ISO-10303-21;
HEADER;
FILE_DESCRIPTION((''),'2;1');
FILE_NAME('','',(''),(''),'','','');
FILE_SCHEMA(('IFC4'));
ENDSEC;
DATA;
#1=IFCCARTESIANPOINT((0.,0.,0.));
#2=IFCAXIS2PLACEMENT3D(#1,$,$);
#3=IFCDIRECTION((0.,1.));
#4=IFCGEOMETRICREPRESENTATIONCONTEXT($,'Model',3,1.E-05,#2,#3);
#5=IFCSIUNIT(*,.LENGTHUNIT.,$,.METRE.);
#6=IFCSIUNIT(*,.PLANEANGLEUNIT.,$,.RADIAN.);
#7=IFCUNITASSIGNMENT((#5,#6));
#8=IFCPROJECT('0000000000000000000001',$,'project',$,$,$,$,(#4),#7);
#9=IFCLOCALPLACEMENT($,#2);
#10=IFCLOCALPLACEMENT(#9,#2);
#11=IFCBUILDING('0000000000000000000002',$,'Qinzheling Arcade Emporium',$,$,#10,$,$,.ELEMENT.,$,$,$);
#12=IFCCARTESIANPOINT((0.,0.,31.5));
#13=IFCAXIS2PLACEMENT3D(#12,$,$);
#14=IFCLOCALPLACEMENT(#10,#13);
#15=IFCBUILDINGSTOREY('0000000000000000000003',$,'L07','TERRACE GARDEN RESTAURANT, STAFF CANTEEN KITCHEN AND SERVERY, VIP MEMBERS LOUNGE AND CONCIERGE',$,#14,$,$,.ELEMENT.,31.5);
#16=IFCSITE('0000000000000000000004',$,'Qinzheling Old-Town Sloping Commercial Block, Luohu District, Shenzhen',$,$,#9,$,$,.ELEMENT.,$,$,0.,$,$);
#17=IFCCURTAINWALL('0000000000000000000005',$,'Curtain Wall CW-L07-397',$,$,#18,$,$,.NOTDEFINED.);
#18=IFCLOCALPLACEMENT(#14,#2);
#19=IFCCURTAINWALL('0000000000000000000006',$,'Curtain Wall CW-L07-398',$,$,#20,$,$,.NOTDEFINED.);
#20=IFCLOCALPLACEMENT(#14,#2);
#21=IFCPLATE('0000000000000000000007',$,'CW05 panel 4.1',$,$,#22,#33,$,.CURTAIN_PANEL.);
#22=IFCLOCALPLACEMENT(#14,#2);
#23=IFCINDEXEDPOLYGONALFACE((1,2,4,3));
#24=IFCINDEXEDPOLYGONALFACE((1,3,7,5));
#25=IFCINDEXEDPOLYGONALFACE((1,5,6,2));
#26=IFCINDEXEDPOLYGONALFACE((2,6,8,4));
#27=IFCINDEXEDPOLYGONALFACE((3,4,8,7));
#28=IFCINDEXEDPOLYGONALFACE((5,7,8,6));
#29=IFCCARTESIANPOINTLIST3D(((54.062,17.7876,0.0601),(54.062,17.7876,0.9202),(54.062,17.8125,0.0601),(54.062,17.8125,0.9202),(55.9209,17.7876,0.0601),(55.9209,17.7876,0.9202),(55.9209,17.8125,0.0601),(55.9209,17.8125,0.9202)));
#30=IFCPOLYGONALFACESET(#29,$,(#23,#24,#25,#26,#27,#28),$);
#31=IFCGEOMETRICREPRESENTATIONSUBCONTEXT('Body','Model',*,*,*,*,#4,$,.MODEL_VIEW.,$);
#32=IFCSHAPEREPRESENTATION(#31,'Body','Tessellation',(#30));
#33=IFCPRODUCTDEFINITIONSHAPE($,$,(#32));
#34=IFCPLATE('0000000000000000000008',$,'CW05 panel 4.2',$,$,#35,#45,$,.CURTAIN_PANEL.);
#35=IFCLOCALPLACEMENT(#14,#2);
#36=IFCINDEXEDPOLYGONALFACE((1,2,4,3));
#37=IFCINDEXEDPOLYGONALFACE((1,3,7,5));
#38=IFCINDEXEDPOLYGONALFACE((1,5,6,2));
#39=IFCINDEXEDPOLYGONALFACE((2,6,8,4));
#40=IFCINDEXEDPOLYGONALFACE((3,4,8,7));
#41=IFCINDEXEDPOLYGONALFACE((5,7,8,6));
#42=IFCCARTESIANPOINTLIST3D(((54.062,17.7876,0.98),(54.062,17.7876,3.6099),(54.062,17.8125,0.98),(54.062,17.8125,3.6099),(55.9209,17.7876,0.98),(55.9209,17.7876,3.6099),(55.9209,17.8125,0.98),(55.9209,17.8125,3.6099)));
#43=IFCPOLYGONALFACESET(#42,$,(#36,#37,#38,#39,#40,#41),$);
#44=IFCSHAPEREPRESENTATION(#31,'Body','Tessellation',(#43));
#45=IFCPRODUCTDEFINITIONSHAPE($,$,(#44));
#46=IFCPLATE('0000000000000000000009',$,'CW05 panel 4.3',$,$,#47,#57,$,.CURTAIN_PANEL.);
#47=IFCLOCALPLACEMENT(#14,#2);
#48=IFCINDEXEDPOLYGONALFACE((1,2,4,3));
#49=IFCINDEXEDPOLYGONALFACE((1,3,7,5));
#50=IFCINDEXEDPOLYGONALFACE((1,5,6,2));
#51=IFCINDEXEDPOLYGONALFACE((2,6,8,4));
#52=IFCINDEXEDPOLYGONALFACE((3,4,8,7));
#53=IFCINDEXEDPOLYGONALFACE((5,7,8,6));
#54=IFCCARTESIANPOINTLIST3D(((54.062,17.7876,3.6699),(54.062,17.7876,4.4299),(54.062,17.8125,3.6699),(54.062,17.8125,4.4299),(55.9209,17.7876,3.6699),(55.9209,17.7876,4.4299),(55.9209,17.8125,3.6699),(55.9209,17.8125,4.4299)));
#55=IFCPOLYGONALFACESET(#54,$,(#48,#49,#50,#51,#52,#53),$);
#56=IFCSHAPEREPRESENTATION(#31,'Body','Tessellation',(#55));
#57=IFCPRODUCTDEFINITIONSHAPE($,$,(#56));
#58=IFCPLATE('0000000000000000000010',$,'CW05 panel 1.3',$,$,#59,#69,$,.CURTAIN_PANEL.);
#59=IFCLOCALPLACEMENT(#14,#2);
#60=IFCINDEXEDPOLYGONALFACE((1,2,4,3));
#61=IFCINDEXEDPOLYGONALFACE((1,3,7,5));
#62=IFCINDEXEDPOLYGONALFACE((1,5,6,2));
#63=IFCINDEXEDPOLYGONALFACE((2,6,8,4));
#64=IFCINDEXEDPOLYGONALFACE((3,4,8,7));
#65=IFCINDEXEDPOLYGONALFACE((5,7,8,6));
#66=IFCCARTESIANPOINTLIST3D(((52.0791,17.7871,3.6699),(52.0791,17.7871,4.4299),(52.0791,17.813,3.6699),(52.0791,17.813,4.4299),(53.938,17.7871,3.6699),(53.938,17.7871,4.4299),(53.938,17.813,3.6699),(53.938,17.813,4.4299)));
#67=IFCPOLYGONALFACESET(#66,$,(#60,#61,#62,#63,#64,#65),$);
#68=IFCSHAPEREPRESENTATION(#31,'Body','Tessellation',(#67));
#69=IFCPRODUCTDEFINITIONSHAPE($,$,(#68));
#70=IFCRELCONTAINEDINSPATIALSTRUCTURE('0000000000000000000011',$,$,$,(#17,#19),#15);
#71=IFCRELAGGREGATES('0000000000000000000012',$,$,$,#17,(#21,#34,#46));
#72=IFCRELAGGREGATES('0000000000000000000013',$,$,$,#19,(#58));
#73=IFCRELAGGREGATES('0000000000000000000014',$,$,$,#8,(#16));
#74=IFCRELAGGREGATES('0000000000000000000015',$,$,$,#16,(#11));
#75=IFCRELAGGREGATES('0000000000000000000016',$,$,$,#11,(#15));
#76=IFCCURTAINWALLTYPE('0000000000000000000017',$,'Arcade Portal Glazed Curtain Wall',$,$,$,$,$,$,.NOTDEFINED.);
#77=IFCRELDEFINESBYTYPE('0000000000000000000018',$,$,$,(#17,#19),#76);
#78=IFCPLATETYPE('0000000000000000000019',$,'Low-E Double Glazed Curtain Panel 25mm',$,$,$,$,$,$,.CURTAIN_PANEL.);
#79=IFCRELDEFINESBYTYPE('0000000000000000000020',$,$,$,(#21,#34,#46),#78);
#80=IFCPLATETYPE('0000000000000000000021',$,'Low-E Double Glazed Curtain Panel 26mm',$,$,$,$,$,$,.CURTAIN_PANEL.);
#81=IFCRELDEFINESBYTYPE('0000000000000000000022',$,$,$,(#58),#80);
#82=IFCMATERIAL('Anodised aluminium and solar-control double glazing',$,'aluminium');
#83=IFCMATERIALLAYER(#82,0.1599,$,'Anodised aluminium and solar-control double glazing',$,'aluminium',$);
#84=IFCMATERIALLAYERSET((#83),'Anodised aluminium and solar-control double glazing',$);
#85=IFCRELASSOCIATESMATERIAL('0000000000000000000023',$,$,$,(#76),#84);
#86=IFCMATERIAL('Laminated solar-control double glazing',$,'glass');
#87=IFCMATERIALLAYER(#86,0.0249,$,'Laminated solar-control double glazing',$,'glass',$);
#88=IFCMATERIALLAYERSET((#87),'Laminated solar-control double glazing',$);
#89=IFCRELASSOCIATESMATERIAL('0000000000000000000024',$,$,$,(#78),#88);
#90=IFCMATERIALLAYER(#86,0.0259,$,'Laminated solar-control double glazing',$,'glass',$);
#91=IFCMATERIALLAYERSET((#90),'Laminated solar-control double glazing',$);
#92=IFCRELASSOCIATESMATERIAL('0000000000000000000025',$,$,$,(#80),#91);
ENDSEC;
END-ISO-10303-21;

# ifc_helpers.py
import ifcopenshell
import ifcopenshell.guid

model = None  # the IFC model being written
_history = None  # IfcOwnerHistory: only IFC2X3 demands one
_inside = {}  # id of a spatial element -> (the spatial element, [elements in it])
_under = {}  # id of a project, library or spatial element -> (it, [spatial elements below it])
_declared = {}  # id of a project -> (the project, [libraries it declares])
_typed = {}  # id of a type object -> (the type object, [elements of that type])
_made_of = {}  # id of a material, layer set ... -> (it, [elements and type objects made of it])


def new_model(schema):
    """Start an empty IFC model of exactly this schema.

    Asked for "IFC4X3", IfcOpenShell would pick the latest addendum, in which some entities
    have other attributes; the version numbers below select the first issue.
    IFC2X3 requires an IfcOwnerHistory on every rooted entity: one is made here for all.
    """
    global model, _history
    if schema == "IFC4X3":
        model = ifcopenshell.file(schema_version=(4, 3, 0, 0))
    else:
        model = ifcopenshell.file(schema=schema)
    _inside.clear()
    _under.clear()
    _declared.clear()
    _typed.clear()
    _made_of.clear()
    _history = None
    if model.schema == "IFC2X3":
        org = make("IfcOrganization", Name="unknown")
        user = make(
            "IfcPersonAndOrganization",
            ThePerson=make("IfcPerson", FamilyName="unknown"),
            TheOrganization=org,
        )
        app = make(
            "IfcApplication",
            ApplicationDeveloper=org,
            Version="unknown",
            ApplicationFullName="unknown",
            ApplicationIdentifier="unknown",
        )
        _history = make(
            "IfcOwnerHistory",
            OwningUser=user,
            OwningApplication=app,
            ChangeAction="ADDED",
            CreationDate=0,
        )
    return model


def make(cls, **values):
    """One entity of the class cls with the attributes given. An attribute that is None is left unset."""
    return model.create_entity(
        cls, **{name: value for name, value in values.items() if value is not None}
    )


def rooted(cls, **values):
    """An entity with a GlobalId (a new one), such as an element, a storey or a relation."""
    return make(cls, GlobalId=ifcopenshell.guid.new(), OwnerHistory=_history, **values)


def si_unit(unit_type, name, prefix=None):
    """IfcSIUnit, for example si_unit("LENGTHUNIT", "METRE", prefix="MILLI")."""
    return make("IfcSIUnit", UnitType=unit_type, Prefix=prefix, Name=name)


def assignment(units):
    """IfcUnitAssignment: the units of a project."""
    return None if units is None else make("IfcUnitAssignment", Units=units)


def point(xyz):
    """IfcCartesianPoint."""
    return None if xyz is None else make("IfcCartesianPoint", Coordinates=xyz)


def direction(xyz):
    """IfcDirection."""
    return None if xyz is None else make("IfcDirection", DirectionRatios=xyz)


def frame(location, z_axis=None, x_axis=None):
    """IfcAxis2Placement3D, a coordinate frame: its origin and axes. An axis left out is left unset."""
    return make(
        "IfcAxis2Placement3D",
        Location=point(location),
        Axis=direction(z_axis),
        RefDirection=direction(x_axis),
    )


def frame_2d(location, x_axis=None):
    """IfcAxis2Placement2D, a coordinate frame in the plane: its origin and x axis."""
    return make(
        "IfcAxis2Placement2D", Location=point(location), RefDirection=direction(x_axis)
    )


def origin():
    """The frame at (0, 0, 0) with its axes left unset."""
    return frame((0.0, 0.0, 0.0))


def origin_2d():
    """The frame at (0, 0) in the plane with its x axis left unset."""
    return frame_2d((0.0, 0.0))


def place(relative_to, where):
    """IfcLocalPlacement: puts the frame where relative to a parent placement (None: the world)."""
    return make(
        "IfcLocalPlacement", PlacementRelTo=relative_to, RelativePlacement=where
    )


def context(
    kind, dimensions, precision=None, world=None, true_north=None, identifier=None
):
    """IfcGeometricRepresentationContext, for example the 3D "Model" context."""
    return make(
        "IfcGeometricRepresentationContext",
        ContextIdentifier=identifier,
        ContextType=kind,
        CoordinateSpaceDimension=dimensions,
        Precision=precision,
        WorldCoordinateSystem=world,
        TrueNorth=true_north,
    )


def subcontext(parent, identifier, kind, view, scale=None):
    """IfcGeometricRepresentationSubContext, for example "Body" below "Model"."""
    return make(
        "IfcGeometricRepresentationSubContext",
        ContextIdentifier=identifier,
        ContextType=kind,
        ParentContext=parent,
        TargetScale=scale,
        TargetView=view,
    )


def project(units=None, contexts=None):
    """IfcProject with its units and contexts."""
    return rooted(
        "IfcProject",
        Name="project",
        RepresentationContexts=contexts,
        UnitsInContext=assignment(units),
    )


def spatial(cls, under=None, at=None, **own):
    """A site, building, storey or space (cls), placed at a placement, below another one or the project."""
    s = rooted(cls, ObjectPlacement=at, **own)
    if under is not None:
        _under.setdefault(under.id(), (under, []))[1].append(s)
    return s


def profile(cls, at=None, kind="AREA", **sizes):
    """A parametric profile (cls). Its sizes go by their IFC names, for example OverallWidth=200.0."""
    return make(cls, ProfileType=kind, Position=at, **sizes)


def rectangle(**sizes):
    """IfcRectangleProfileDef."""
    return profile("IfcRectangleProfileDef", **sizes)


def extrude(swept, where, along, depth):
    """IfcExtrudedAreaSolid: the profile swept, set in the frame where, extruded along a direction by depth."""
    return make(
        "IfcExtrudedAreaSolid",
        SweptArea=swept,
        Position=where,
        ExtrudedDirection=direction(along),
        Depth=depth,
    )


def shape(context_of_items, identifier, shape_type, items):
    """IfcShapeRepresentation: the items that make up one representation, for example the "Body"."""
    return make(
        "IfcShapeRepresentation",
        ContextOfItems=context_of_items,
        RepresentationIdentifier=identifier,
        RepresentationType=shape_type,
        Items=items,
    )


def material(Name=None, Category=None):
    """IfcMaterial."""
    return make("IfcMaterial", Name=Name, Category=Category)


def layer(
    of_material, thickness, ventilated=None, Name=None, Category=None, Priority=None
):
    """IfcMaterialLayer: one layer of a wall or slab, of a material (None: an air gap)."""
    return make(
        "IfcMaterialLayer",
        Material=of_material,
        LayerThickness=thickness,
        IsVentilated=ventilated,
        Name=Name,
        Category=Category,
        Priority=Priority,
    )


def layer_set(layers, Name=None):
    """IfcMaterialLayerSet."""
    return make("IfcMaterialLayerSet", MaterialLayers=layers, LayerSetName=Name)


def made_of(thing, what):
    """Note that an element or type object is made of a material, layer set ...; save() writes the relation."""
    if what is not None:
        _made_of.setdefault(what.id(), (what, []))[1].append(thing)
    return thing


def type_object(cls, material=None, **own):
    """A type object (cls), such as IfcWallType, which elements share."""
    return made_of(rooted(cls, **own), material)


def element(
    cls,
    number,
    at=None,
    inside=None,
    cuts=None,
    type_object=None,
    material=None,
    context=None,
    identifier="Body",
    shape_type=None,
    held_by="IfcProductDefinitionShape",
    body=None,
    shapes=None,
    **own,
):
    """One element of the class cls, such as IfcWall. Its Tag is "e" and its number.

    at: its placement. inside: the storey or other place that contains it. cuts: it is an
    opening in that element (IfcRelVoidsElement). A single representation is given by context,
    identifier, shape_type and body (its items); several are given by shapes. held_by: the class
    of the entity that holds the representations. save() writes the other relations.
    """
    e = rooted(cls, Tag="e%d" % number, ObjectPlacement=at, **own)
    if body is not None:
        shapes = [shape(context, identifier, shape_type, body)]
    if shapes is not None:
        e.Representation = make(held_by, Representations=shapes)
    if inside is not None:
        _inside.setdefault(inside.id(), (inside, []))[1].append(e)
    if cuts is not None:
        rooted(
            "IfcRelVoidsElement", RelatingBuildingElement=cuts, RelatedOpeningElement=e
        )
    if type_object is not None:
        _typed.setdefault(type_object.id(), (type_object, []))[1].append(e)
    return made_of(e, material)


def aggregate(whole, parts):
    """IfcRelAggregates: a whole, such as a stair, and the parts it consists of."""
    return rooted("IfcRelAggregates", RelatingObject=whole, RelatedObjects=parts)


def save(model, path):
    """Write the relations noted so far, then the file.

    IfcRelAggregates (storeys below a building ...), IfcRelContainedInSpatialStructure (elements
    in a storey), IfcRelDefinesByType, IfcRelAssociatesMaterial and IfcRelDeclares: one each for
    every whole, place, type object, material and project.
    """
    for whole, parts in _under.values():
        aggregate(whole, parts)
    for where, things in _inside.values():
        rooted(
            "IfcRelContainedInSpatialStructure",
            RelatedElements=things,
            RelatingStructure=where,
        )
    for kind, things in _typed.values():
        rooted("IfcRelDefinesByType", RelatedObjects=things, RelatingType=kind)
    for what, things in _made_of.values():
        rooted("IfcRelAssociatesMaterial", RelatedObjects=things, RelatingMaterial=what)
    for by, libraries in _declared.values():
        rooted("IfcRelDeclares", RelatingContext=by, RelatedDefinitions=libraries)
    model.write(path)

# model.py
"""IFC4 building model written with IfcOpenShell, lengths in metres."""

from ifc_helpers import new_model, si_unit, direction, frame, origin, origin_2d, place, context, subcontext, project, spatial, rectangle, extrude, material, layer, layer_set, type_object, element, aggregate, save


model = new_model("IFC4")

# Units and contexts
model_context = context("Model", 3, precision=1e-05, world=origin(), true_north=direction((0.0, 1.0)))
body_context = subcontext(model_context, "Body", "Model", "MODEL_VIEW")
ifc_project = project(units=[si_unit("LENGTHUNIT", "METRE"), si_unit("PLANEANGLEUNIT", "RADIAN")], contexts=[model_context])

# Site, building, storey
site_placement = place(None, origin())
site = spatial("IfcSite", under=ifc_project, at=site_placement, Name="Qinzheling Old-Town Sloping Commercial Block, Luohu District, Shenzhen", CompositionType="ELEMENT", RefElevation=0.0)
building_placement = place(site_placement, origin())
building = spatial("IfcBuilding", under=site, at=building_placement, Name="Qinzheling Arcade Emporium", CompositionType="ELEMENT")
storey_placement = place(building_placement, frame((0.0, 0.0, 31.5)))
storey = spatial("IfcBuildingStorey", under=building, at=storey_placement, Name="L07", Description="TERRACE GARDEN RESTAURANT, STAFF CANTEEN KITCHEN AND SERVERY, VIP MEMBERS LOUNGE AND CONCIERGE", CompositionType="ELEMENT", Elevation=31.5)

# Curtain wall
ifc_material_1 = material(Name="Anodised aluminium and solar-control double glazing", Category="aluminium")
ifc_layer_1 = layer(ifc_material_1, 0.1599, Name="Anodised aluminium and solar-control double glazing", Category="aluminium")
ifc_layer_set_1 = layer_set([ifc_layer_1], Name="Anodised aluminium and solar-control double glazing")
curtain_wall_type = type_object("IfcCurtainWallType", Name="Arcade Portal Glazed Curtain Wall", PredefinedType="NOTDEFINED", material=ifc_layer_set_1)
curtain_wall_1_placement = place(storey_placement, origin())
curtain_wall_1 = element("IfcCurtainWall", 1, at=curtain_wall_1_placement, inside=storey, type_object=curtain_wall_type, Name="Curtain Wall CW-L07-397", PredefinedType="NOTDEFINED")

# Curtain wall
curtain_wall_2_placement = place(storey_placement, origin())
curtain_wall_2 = element("IfcCurtainWall", 2, at=curtain_wall_2_placement, inside=storey, type_object=curtain_wall_type, Name="Curtain Wall CW-L07-398", PredefinedType="NOTDEFINED")

# Plates
ifc_material_2 = material(Name="Laminated solar-control double glazing", Category="glass")
ifc_layer_2 = layer(ifc_material_2, 0.0249, Name="Laminated solar-control double glazing", Category="glass")
ifc_layer_set_2 = layer_set([ifc_layer_2], Name="Laminated solar-control double glazing")
plate_type_1 = type_object("IfcPlateType", Name="Low-E Double Glazed Curtain Panel 25mm", PredefinedType="CURTAIN_PANEL", material=ifc_layer_set_2)
plate_1_placement = place(storey_placement, frame((54.9915, 17.8, 0.0601), z_axis=(0.0, 0.0, 1.0), x_axis=(-1.0, 0.0, 0.0)))
plate_1 = element("IfcPlate", 3, at=plate_1_placement, type_object=plate_type_1, Name="CW05 panel 4.1", PredefinedType="CURTAIN_PANEL", context=body_context, shape_type="SweptSolid", body=[
    extrude(rectangle(XDim=1.8589, YDim=0.0249, at=origin_2d()), origin(), (0.0, 0.0, 1.0), 0.8601),
])
plate_2_placement = place(storey_placement, frame((54.9915, 17.8, 0.98), z_axis=(0.0, 0.0, 1.0), x_axis=(-1.0, 0.0, 0.0)))
plate_2 = element("IfcPlate", 4, at=plate_2_placement, type_object=plate_type_1, Name="CW05 panel 4.2", PredefinedType="CURTAIN_PANEL", context=body_context, shape_type="SweptSolid", body=[
    extrude(rectangle(XDim=1.8589, YDim=0.0249, at=origin_2d()), origin(), (0.0, 0.0, 1.0), 2.6299),
])
plate_3_placement = place(storey_placement, frame((54.9915, 17.8, 3.6699), z_axis=(0.0, 0.0, 1.0), x_axis=(-1.0, 0.0, 0.0)))
plate_3 = element("IfcPlate", 5, at=plate_3_placement, type_object=plate_type_1, Name="CW05 panel 4.3", PredefinedType="CURTAIN_PANEL", context=body_context, shape_type="SweptSolid", body=[
    extrude(rectangle(XDim=1.8589, YDim=0.0249, at=origin_2d()), origin(), (0.0, 0.0, 1.0), 0.76),
])
aggregate(curtain_wall_1, [plate_1, plate_2, plate_3])
ifc_layer_3 = layer(ifc_material_2, 0.0259, Name="Laminated solar-control double glazing", Category="glass")
ifc_layer_set_3 = layer_set([ifc_layer_3], Name="Laminated solar-control double glazing")
plate_type_2 = type_object("IfcPlateType", Name="Low-E Double Glazed Curtain Panel 26mm", PredefinedType="CURTAIN_PANEL", material=ifc_layer_set_3)
plate_4_placement = place(storey_placement, frame((53.0085, 17.8, 3.6699), z_axis=(0.0, 0.0, 1.0), x_axis=(-1.0, 0.0, 0.0)))
plate_4 = element("IfcPlate", 6, at=plate_4_placement, type_object=plate_type_2, Name="CW05 panel 1.3", PredefinedType="CURTAIN_PANEL", context=body_context, shape_type="SweptSolid", body=[
    extrude(rectangle(XDim=1.8589, YDim=0.0259, at=origin_2d()), origin(), (0.0, 0.0, 1.0), 0.76),
])
aggregate(curtain_wall_2, [plate_4])

save(model, "model.ifc")
